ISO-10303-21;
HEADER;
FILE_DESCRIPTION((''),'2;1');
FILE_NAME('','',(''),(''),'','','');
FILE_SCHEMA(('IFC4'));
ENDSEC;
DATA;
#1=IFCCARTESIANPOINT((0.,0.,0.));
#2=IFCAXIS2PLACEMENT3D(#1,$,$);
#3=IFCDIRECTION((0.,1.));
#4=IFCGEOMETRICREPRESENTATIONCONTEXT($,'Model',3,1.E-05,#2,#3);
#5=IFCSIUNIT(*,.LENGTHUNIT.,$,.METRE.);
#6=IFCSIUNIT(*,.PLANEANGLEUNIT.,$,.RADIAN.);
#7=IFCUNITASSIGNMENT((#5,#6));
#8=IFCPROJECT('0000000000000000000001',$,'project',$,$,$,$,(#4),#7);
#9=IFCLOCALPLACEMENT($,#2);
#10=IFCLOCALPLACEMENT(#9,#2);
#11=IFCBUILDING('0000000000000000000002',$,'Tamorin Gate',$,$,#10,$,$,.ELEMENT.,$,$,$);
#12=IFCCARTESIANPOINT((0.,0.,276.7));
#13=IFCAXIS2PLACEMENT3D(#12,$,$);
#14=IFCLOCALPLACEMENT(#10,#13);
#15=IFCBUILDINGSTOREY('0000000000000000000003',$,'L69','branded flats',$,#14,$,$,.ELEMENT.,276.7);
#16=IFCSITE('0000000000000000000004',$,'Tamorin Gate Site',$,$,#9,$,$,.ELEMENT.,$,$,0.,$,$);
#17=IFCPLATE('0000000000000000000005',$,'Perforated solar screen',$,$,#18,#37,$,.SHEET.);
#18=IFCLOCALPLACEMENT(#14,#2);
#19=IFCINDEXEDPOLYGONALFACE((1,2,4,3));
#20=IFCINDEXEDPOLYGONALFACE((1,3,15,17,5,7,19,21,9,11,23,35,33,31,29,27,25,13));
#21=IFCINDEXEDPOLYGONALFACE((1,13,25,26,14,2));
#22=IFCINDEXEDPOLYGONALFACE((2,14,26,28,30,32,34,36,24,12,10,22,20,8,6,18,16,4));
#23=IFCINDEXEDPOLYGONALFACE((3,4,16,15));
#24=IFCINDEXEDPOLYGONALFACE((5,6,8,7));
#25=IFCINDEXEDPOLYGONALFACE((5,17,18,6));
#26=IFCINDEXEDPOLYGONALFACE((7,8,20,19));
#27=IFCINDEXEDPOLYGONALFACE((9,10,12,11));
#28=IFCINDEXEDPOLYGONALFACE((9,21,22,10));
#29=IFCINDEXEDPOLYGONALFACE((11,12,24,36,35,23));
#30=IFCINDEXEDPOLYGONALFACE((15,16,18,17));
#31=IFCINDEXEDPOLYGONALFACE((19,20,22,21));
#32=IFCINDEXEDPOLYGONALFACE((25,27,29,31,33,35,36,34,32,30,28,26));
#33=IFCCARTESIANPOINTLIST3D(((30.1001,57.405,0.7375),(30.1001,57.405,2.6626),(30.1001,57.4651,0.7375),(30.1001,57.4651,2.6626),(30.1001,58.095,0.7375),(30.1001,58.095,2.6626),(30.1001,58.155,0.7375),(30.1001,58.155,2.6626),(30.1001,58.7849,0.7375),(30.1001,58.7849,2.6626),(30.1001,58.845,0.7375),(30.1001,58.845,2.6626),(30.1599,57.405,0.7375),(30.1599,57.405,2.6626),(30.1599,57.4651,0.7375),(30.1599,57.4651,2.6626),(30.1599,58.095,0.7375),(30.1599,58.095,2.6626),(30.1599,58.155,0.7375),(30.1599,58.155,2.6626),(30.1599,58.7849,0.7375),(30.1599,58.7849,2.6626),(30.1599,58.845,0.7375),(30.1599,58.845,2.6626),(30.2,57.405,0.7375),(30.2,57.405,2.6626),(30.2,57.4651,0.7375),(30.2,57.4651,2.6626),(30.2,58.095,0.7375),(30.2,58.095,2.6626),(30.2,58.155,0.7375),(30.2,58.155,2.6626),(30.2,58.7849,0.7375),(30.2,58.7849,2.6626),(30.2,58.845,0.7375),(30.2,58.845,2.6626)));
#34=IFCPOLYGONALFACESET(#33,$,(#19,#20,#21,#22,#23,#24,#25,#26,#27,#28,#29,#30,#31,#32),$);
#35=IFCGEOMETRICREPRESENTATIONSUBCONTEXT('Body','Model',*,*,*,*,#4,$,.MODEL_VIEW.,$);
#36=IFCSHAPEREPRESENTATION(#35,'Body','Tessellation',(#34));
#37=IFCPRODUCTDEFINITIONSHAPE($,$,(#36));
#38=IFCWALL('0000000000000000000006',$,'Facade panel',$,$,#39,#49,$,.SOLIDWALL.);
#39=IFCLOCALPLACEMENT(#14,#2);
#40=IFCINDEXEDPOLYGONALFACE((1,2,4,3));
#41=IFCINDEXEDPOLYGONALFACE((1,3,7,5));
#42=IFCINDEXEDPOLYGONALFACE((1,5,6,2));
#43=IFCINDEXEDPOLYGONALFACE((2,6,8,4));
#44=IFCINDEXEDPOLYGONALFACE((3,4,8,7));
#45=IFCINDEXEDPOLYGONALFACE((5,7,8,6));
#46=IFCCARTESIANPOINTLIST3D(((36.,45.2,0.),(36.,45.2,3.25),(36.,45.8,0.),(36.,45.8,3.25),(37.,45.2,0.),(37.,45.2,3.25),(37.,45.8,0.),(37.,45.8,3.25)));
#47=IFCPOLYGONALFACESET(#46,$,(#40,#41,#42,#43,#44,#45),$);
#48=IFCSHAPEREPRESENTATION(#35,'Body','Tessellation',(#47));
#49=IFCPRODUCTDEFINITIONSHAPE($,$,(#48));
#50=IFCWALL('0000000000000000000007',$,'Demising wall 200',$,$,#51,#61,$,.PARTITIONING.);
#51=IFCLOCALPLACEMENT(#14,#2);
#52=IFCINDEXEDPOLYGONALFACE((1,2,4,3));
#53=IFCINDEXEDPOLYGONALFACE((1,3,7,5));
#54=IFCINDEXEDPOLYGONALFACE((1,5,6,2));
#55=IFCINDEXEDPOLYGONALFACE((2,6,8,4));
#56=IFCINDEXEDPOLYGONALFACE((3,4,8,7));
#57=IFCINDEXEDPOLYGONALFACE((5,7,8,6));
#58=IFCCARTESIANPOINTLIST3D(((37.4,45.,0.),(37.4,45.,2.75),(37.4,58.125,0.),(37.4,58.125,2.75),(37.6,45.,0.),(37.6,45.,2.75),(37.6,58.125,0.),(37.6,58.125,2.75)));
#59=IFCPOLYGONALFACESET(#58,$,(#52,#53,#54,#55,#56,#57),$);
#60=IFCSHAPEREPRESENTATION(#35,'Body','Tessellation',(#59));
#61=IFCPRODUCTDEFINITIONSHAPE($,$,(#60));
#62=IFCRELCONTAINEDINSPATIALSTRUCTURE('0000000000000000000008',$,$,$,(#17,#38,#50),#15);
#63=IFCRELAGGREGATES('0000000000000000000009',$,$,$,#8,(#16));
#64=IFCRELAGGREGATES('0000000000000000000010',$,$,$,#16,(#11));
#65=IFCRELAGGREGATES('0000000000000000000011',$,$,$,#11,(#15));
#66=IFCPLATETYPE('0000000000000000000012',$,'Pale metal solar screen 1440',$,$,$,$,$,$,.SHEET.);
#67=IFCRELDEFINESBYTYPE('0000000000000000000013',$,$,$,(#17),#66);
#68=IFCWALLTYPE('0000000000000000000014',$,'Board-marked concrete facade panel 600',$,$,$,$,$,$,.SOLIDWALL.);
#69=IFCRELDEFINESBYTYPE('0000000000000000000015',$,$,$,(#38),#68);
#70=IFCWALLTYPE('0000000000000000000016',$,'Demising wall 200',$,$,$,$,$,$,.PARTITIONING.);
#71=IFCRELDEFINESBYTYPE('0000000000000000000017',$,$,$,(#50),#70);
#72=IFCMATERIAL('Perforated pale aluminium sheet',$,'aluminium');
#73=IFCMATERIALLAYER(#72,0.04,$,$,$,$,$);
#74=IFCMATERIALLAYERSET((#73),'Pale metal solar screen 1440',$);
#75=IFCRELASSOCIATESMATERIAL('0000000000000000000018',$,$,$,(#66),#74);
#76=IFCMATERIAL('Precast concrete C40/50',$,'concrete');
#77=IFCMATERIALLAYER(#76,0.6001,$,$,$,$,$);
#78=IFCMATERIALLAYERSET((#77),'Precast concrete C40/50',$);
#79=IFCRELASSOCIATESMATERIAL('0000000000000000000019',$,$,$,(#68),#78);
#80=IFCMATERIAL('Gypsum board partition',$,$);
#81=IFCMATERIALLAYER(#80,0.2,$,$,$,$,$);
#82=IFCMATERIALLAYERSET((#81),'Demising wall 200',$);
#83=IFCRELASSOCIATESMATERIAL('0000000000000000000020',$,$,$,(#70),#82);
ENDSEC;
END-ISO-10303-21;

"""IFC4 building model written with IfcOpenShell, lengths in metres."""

from ifc_helpers import new_model, si_unit, direction, frame, frame_2d, origin, place, context, subcontext, project, spatial, polyline, rectangle, outline, extrude, material, layer, layer_set, type_object, element, save


model = new_model("IFC4")

# Units and contexts
model_context = context("Model", 3, precision=1e-05, world=origin(), true_north=direction((0.0, 1.0)))
body_context = subcontext(model_context, "Body", "Model", "MODEL_VIEW")
ifc_project = project(units=[si_unit("LENGTHUNIT", "METRE"), si_unit("PLANEANGLEUNIT", "RADIAN")], contexts=[model_context])

# Site, building, storey
site_placement = place(None, origin())
site = spatial("IfcSite", under=ifc_project, at=site_placement, Name="Tamorin Gate Site", CompositionType="ELEMENT", RefElevation=0.0)
building_placement = place(site_placement, origin())
building = spatial("IfcBuilding", under=site, at=building_placement, Name="Tamorin Gate", CompositionType="ELEMENT")
storey_placement = place(building_placement, frame((0.0, 0.0, 276.7)))
storey = spatial("IfcBuildingStorey", under=building, at=storey_placement, Name="L69", Description="branded flats", CompositionType="ELEMENT", Elevation=276.7)

# Plate
ifc_material_1 = material(Name="Perforated pale aluminium sheet", Category="aluminium")
ifc_layer_1 = layer(ifc_material_1, 0.04)
ifc_layer_set_1 = layer_set([ifc_layer_1], Name="Pale metal solar screen 1440")
plate_type = type_object("IfcPlateType", Name="Pale metal solar screen 1440", PredefinedType="SHEET", material=ifc_layer_set_1)
plate_1_placement = place(storey_placement, frame((0.0, 0.0, 0.7375)))
element("IfcPlate", 1, at=plate_1_placement, inside=storey, type_object=plate_type, Name="Perforated solar screen", PredefinedType="SHEET", context=body_context, shape_type="SweptSolid", body=[
    extrude(outline(polyline([(30.1599, 58.845), (30.2, 58.845), (30.2, 58.7849), (30.2, 58.155), (30.2, 58.095), (30.2, 57.4651), (30.2, 57.405), (30.1599, 57.405), (30.1001, 57.405), (30.1001, 57.4651), (30.1599, 57.4651), (30.1599, 58.095), (30.1001, 58.095), (30.1001, 58.155), (30.1599, 58.155), (30.1599, 58.7849), (30.1001, 58.7849), (30.1001, 58.845), (30.1599, 58.845)])), origin(), (0.0, 0.0, 1.0), 1.925),
])

# Walls
ifc_material_2 = material(Name="Precast concrete C40/50", Category="concrete")
ifc_layer_2 = layer(ifc_material_2, 0.6001)
ifc_layer_set_2 = layer_set([ifc_layer_2], Name="Precast concrete C40/50")
wall_type_1 = type_object("IfcWallType", Name="Board-marked concrete facade panel 600", PredefinedType="SOLIDWALL", material=ifc_layer_set_2)
wall_1_placement = place(storey_placement, frame((36.0, 45.5, 0.0), z_axis=(0.0, 0.0, 1.0), x_axis=(1.0, 0.0, 0.0)))
element("IfcWall", 2, at=wall_1_placement, inside=storey, type_object=wall_type_1, Name="Facade panel", PredefinedType="SOLIDWALL", context=body_context, shape_type="SweptSolid", body=[
    extrude(rectangle(XDim=1.0, YDim=0.6001, at=frame_2d((0.5, 0.0))), origin(), (0.0, 0.0, 1.0), 3.25),
])
ifc_material_3 = material(Name="Gypsum board partition")
ifc_layer_3 = layer(ifc_material_3, 0.2)
ifc_layer_set_3 = layer_set([ifc_layer_3], Name="Demising wall 200")
wall_type_2 = type_object("IfcWallType", Name="Demising wall 200", PredefinedType="PARTITIONING", material=ifc_layer_set_3)
wall_2_placement = place(storey_placement, frame((37.5, 45.0, 0.0), z_axis=(0.0, 0.0, 1.0), x_axis=(0.0, 1.0, 0.0)))
element("IfcWall", 3, at=wall_2_placement, inside=storey, type_object=wall_type_2, Name="Demising wall 200", PredefinedType="PARTITIONING", context=body_context, shape_type="SweptSolid", body=[
    extrude(rectangle(XDim=13.125, YDim=0.2, at=frame_2d((6.5625, 0.0))), origin(), (0.0, 0.0, 1.0), 2.75),
])

save(model, "model.ifc")
